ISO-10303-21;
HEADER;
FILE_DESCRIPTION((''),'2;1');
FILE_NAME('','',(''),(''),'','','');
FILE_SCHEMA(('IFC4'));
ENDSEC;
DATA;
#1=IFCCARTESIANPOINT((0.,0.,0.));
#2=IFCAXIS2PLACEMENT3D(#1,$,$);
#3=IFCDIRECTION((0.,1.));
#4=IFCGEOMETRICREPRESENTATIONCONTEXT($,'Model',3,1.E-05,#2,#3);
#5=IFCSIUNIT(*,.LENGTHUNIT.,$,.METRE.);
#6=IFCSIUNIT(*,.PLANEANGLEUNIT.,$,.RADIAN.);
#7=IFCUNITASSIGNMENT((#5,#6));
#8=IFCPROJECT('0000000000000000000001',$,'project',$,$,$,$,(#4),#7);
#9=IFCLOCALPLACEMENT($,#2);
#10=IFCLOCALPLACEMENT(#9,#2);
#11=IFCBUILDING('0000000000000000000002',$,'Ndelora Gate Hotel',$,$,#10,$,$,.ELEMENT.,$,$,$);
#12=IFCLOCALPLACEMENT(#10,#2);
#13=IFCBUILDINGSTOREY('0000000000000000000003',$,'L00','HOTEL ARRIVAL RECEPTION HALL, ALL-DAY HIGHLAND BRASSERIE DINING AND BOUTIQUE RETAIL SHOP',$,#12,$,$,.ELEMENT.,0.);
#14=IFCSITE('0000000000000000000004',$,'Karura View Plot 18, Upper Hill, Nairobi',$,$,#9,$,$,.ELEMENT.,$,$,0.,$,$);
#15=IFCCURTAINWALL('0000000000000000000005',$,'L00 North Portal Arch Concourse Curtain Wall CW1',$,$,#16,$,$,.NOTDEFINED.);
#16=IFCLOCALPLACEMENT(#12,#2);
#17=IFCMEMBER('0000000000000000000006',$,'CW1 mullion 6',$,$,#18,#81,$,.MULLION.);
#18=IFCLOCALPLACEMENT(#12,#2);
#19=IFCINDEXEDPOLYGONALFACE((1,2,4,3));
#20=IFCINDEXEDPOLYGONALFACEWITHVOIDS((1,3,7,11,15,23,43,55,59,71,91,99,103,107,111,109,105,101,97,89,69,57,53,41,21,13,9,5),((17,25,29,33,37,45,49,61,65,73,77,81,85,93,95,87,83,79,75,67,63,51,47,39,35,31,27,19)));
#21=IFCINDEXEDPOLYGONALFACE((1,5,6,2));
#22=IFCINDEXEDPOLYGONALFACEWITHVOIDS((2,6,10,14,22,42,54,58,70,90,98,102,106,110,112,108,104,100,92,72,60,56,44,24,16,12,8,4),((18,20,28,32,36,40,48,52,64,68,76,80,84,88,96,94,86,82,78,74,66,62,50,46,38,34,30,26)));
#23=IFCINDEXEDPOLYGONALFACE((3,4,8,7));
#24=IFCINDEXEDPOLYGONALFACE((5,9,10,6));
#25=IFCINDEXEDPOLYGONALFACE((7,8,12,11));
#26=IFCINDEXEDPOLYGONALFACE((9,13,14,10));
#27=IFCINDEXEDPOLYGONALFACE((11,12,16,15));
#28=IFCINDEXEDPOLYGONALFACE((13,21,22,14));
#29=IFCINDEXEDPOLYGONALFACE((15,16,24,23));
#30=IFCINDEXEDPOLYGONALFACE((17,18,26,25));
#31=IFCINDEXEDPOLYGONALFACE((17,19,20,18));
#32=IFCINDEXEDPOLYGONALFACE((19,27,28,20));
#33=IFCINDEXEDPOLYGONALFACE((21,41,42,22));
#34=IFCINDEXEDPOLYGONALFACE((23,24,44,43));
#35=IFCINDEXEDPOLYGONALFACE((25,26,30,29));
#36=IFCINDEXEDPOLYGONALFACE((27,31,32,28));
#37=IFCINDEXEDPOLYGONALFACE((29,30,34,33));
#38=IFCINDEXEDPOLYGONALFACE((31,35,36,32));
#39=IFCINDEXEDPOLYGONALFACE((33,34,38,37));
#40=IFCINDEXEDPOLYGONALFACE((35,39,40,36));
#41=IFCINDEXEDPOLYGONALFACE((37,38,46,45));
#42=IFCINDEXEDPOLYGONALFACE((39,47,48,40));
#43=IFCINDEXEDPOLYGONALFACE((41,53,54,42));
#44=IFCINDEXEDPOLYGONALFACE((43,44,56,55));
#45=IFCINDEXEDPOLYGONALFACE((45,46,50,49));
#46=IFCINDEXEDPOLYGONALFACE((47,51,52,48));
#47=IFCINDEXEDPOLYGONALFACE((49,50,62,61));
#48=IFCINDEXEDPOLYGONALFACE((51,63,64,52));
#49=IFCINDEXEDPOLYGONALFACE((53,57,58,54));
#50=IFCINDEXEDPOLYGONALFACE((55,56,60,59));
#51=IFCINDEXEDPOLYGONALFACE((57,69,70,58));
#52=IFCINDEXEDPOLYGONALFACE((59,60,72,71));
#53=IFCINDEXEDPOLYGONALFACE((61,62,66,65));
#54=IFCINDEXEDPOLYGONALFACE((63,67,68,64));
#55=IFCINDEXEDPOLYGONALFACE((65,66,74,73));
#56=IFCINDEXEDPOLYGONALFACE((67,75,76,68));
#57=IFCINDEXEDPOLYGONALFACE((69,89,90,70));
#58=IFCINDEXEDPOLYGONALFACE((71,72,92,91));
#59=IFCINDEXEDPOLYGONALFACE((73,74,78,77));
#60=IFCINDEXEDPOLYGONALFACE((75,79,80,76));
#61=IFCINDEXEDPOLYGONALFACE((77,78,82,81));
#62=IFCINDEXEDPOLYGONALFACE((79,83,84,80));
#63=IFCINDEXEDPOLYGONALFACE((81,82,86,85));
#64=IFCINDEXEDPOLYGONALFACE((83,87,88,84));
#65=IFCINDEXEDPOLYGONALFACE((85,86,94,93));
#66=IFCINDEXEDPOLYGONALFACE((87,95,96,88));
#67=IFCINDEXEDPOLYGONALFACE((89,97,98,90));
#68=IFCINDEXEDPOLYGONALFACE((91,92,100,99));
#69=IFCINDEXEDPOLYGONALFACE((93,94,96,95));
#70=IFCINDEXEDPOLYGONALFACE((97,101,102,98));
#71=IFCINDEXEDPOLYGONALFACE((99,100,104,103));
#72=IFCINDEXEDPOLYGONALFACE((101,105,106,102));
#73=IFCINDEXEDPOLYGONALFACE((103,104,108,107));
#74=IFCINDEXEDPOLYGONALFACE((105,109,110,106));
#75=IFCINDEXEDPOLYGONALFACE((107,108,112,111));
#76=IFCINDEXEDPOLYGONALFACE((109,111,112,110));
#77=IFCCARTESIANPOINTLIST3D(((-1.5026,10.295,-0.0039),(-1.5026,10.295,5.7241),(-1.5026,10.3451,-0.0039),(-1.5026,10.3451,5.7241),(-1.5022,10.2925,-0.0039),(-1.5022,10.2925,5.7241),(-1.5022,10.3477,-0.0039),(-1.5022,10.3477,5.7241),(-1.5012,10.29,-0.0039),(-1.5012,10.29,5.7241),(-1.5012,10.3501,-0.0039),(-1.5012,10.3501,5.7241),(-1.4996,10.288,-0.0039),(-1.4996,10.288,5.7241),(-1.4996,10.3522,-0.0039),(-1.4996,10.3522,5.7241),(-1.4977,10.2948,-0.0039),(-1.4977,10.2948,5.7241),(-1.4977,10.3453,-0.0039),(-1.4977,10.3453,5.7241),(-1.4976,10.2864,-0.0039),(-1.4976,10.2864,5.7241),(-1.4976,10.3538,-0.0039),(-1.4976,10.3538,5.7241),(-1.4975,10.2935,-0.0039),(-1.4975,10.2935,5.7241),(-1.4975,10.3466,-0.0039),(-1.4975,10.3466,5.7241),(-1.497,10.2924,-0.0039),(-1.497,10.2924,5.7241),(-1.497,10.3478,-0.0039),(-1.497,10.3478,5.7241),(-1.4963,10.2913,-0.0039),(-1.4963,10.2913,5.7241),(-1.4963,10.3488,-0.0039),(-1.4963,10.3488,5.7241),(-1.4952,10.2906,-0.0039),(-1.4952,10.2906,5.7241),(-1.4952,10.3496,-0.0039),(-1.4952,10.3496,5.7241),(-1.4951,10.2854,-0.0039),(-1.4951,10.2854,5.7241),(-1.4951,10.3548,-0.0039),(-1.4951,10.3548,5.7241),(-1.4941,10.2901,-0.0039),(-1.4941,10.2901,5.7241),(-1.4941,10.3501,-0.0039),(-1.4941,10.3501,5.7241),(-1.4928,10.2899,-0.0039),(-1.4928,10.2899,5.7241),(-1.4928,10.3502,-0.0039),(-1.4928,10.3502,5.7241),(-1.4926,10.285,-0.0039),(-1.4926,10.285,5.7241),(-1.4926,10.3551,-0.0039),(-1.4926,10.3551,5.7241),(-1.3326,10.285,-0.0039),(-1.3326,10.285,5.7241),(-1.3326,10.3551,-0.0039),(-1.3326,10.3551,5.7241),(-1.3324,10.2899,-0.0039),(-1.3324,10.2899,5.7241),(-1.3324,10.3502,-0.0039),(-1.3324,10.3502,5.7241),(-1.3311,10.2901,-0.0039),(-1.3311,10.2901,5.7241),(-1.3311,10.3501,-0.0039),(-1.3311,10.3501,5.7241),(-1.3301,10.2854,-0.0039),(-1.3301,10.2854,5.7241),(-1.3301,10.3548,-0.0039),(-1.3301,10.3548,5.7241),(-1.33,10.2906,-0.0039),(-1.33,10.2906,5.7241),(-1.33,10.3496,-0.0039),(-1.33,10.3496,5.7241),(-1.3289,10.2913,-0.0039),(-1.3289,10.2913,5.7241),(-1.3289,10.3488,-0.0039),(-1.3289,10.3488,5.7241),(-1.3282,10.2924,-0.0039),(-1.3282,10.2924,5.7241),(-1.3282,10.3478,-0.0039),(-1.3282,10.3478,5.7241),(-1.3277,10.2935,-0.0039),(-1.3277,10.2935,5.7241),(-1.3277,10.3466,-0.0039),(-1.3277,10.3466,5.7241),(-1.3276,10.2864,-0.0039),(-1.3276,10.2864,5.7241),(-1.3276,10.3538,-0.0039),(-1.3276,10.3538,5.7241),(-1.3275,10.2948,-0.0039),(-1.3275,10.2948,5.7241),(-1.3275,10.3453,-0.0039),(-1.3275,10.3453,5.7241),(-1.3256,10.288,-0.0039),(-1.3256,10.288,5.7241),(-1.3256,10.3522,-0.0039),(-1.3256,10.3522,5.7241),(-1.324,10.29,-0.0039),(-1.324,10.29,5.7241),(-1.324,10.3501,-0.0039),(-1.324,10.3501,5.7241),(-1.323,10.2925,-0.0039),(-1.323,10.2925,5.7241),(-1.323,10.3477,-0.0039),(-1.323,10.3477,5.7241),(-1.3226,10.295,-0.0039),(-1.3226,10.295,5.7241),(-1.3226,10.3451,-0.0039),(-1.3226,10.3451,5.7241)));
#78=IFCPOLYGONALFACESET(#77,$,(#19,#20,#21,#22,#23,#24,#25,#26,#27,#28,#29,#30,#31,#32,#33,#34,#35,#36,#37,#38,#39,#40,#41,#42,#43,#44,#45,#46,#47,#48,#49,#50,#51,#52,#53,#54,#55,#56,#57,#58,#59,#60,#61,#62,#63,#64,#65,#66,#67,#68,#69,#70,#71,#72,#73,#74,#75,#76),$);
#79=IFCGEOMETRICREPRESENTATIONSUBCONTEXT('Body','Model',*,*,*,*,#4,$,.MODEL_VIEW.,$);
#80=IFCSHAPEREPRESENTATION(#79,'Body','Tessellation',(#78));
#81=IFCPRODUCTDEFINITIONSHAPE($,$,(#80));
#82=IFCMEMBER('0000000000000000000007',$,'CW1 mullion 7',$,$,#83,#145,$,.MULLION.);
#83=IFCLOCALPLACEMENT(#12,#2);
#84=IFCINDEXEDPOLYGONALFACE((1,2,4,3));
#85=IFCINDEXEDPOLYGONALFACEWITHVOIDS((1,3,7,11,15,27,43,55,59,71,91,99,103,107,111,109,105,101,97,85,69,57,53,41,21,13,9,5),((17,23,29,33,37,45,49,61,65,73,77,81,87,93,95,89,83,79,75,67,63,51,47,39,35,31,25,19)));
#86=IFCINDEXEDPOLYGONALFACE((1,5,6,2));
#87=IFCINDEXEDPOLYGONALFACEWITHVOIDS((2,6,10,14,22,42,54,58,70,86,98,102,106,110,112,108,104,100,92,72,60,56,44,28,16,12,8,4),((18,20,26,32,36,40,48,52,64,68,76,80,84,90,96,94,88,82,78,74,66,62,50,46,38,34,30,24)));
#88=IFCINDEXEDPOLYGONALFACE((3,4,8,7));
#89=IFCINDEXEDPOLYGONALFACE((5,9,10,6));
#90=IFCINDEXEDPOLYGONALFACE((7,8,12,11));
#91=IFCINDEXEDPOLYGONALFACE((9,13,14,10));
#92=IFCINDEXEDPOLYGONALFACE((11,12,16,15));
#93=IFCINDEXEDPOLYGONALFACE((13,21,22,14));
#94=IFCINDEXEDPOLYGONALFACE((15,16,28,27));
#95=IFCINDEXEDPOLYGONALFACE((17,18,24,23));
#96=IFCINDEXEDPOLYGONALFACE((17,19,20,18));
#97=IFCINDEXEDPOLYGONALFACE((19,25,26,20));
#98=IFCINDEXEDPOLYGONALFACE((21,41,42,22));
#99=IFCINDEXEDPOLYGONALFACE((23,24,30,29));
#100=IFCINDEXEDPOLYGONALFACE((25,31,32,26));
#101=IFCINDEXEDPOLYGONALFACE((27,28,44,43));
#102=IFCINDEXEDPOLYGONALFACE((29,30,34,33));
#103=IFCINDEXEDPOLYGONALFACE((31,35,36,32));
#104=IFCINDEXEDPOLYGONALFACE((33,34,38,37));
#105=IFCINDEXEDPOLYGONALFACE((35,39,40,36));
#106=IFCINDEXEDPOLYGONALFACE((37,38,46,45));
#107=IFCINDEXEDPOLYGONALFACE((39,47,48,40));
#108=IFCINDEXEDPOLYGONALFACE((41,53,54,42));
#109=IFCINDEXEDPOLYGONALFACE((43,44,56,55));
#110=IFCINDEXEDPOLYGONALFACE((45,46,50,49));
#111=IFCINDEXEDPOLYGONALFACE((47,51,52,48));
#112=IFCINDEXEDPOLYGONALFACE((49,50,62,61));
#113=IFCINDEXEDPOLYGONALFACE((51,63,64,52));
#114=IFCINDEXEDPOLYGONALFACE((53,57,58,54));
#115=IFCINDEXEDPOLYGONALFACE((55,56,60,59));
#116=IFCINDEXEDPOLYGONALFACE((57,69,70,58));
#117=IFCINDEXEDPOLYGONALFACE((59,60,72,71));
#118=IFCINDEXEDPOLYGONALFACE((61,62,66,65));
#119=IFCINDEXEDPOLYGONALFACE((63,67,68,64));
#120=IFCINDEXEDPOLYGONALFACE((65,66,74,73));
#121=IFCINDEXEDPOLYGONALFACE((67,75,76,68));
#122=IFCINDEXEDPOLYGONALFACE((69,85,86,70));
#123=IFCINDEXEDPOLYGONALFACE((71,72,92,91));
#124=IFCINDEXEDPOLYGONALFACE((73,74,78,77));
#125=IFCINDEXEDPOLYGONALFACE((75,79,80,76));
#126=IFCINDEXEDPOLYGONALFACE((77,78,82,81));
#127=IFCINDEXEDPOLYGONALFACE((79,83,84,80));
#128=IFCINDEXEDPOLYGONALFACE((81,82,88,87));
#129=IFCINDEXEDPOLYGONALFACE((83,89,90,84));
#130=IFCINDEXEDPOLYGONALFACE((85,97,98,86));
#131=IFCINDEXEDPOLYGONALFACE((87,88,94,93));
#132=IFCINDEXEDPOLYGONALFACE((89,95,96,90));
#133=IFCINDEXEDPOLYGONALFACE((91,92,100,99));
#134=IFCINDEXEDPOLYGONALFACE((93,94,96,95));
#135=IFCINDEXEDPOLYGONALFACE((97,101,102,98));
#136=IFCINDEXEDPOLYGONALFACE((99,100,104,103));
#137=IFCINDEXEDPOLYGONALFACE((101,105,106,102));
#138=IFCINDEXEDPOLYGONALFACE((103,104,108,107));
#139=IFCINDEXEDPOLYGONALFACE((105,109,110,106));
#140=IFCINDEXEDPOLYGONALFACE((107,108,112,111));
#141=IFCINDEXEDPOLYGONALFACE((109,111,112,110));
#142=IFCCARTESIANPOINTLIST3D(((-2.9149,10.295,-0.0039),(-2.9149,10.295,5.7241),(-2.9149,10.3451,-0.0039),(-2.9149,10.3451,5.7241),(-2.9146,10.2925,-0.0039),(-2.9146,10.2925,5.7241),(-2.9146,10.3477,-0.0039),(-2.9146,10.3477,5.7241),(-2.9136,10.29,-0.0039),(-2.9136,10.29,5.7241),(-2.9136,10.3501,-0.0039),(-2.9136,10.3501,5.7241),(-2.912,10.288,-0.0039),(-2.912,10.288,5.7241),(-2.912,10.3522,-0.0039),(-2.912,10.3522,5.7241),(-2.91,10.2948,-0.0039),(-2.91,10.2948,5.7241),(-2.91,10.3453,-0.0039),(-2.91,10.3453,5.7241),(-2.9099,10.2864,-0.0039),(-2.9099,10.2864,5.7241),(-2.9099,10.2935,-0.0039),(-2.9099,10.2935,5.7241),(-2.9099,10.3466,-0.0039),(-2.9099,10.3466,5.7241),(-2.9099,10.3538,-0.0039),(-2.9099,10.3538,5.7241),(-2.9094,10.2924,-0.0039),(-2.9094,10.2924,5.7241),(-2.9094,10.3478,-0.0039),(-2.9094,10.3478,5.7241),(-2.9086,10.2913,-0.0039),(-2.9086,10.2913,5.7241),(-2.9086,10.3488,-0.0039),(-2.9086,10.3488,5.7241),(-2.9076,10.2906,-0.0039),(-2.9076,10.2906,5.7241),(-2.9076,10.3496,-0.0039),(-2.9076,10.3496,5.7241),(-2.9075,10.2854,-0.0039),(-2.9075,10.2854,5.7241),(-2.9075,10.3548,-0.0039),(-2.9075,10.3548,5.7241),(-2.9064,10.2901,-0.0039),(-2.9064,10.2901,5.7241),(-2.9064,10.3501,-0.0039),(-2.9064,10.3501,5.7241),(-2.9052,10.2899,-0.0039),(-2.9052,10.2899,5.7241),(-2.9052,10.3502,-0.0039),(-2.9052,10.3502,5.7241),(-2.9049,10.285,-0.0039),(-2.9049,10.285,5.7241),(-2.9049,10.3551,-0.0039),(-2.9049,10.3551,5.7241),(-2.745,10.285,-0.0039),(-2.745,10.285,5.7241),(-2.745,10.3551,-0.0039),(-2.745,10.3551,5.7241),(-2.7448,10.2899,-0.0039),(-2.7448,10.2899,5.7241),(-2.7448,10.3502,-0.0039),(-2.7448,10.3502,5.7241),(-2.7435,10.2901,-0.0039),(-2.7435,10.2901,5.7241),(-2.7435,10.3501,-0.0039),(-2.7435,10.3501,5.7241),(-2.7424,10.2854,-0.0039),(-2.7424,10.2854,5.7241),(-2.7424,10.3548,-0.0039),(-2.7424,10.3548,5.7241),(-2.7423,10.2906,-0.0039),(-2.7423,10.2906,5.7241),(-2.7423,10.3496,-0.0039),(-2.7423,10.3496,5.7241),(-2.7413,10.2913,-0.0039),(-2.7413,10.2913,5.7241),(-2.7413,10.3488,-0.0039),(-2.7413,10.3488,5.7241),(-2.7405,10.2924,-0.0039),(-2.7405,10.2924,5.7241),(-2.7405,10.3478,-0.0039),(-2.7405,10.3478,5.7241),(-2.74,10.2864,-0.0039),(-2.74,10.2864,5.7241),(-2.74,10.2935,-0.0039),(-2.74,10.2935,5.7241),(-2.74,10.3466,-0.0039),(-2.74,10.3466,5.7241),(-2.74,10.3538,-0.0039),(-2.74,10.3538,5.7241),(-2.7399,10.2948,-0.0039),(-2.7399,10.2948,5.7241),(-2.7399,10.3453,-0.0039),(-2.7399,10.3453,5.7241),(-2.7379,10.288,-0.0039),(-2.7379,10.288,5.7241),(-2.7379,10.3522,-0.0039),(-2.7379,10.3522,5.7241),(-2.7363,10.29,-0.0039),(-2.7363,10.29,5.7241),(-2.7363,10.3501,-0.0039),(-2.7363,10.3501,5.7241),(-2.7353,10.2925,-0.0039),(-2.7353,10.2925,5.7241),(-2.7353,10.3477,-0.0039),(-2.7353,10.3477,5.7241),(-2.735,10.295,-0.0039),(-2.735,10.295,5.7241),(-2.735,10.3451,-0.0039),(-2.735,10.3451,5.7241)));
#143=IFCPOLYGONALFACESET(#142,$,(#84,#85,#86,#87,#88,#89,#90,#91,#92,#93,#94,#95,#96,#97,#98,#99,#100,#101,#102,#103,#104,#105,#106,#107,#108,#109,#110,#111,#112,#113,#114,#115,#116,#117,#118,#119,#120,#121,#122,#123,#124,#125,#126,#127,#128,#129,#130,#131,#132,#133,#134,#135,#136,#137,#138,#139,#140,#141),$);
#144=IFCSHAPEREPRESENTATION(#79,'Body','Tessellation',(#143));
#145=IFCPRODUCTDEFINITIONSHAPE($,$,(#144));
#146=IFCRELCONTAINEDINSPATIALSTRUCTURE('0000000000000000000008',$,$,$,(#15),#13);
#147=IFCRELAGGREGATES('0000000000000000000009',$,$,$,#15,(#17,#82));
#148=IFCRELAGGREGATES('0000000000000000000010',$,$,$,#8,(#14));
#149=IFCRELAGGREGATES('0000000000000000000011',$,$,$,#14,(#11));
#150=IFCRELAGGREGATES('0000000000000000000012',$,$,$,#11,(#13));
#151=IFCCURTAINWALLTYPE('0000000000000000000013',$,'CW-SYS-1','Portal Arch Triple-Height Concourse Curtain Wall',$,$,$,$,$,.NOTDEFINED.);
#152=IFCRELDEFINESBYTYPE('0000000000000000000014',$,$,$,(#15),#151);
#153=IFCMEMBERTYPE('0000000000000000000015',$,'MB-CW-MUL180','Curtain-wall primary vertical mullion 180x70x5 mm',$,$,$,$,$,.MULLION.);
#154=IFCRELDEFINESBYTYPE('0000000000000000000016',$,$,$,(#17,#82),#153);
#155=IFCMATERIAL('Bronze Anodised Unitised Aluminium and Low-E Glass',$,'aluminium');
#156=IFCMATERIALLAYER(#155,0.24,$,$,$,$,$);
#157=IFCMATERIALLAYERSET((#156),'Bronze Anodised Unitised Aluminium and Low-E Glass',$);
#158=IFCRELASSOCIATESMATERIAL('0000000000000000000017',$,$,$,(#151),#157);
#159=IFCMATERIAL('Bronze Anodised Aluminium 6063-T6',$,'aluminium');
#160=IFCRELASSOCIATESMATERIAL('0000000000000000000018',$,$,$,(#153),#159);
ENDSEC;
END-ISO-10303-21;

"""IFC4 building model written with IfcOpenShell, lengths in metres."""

from ifc_helpers import new_model, si_unit, direction, frame, origin, origin_2d, place, context, subcontext, project, spatial, hollow_rectangle, extrude, material, layer, layer_set, material_profile, profile_set, type_object, element, aggregate, save


model = new_model("IFC4")

# Units and contexts
model_context = context("Model", 3, precision=1e-05, world=origin(), true_north=direction((0.0, 1.0)))
body_context = subcontext(model_context, "Body", "Model", "MODEL_VIEW")
ifc_project = project(units=[si_unit("LENGTHUNIT", "METRE"), si_unit("PLANEANGLEUNIT", "RADIAN")], contexts=[model_context])

# Site, building, storey
site_placement = place(None, origin())
site = spatial("IfcSite", under=ifc_project, at=site_placement, Name="Karura View Plot 18, Upper Hill, Nairobi", CompositionType="ELEMENT", RefElevation=0.0)
building_placement = place(site_placement, origin())
building = spatial("IfcBuilding", under=site, at=building_placement, Name="Ndelora Gate Hotel", CompositionType="ELEMENT")
storey_placement = place(building_placement, origin())
storey = spatial("IfcBuildingStorey", under=building, at=storey_placement, Name="L00", Description="HOTEL ARRIVAL RECEPTION HALL, ALL-DAY HIGHLAND BRASSERIE DINING AND BOUTIQUE RETAIL SHOP", CompositionType="ELEMENT", Elevation=0.0)

# Curtain wall, members
ifc_material_1 = material(Name="Bronze Anodised Unitised Aluminium and Low-E Glass", Category="aluminium")
ifc_layer_1 = layer(ifc_material_1, 0.24)
ifc_layer_set_1 = layer_set([ifc_layer_1], Name="Bronze Anodised Unitised Aluminium and Low-E Glass")
curtain_wall_type = type_object("IfcCurtainWallType", Name="CW-SYS-1", Description="Portal Arch Triple-Height Concourse Curtain Wall", PredefinedType="NOTDEFINED", material=ifc_layer_set_1)
curtain_wall_placement = place(storey_placement, origin())
curtain_wall = element("IfcCurtainWall", 1, at=curtain_wall_placement, inside=storey, type_object=curtain_wall_type, Name="L00 North Portal Arch Concourse Curtain Wall CW1", PredefinedType="NOTDEFINED")
ifc_material_2 = material(Name="Bronze Anodised Aluminium 6063-T6", Category="aluminium")
ifc_material_profile_1 = material_profile(ifc_material_2, hollow_rectangle(XDim=0.0701, YDim=0.1799, WallThickness=0.0049, InnerFilletRadius=0.0049, OuterFilletRadius=0.01, at=origin_2d()), Name="ALU 180x70x5")
ifc_profile_set_1 = profile_set([ifc_material_profile_1], Name="Bronze Anodised Aluminium 6063-T6")
member_type_1 = type_object("IfcMemberType", Name="MB-CW-MUL180", Description="Curtain-wall primary vertical mullion 180x70x5 mm", PredefinedType="MULLION", material=ifc_profile_set_1)
member_1_placement = place(storey_placement, frame((-1.4126, 10.3201, -0.0039), z_axis=(0.0, 0.0, 1.0), x_axis=(0.0, -1.0, 0.0)))
member_1 = element("IfcMember", 2, at=member_1_placement, type_object=member_type_1, Name="CW1 mullion 6", PredefinedType="MULLION", context=body_context, shape_type="SweptSolid", body=[
    extrude(hollow_rectangle(XDim=0.0701, YDim=0.1799, WallThickness=0.0049, InnerFilletRadius=0.0049, OuterFilletRadius=0.01, at=origin_2d()), origin(), (0.0, 0.0, 1.0), 5.728),
])
member_2_placement = place(storey_placement, frame((-2.825, 10.3201, -0.0039), z_axis=(0.0, 0.0, 1.0), x_axis=(0.0, -1.0, 0.0)))
member_2 = element("IfcMember", 3, at=member_2_placement, type_object=member_type_1, Name="CW1 mullion 7", PredefinedType="MULLION", context=body_context, shape_type="SweptSolid", body=[
    extrude(hollow_rectangle(XDim=0.0701, YDim=0.1799, WallThickness=0.0049, InnerFilletRadius=0.0049, OuterFilletRadius=0.01, at=origin_2d()), origin(), (0.0, 0.0, 1.0), 5.728),
])
aggregate(curtain_wall, [member_1, member_2])

save(model, "model.ifc")
